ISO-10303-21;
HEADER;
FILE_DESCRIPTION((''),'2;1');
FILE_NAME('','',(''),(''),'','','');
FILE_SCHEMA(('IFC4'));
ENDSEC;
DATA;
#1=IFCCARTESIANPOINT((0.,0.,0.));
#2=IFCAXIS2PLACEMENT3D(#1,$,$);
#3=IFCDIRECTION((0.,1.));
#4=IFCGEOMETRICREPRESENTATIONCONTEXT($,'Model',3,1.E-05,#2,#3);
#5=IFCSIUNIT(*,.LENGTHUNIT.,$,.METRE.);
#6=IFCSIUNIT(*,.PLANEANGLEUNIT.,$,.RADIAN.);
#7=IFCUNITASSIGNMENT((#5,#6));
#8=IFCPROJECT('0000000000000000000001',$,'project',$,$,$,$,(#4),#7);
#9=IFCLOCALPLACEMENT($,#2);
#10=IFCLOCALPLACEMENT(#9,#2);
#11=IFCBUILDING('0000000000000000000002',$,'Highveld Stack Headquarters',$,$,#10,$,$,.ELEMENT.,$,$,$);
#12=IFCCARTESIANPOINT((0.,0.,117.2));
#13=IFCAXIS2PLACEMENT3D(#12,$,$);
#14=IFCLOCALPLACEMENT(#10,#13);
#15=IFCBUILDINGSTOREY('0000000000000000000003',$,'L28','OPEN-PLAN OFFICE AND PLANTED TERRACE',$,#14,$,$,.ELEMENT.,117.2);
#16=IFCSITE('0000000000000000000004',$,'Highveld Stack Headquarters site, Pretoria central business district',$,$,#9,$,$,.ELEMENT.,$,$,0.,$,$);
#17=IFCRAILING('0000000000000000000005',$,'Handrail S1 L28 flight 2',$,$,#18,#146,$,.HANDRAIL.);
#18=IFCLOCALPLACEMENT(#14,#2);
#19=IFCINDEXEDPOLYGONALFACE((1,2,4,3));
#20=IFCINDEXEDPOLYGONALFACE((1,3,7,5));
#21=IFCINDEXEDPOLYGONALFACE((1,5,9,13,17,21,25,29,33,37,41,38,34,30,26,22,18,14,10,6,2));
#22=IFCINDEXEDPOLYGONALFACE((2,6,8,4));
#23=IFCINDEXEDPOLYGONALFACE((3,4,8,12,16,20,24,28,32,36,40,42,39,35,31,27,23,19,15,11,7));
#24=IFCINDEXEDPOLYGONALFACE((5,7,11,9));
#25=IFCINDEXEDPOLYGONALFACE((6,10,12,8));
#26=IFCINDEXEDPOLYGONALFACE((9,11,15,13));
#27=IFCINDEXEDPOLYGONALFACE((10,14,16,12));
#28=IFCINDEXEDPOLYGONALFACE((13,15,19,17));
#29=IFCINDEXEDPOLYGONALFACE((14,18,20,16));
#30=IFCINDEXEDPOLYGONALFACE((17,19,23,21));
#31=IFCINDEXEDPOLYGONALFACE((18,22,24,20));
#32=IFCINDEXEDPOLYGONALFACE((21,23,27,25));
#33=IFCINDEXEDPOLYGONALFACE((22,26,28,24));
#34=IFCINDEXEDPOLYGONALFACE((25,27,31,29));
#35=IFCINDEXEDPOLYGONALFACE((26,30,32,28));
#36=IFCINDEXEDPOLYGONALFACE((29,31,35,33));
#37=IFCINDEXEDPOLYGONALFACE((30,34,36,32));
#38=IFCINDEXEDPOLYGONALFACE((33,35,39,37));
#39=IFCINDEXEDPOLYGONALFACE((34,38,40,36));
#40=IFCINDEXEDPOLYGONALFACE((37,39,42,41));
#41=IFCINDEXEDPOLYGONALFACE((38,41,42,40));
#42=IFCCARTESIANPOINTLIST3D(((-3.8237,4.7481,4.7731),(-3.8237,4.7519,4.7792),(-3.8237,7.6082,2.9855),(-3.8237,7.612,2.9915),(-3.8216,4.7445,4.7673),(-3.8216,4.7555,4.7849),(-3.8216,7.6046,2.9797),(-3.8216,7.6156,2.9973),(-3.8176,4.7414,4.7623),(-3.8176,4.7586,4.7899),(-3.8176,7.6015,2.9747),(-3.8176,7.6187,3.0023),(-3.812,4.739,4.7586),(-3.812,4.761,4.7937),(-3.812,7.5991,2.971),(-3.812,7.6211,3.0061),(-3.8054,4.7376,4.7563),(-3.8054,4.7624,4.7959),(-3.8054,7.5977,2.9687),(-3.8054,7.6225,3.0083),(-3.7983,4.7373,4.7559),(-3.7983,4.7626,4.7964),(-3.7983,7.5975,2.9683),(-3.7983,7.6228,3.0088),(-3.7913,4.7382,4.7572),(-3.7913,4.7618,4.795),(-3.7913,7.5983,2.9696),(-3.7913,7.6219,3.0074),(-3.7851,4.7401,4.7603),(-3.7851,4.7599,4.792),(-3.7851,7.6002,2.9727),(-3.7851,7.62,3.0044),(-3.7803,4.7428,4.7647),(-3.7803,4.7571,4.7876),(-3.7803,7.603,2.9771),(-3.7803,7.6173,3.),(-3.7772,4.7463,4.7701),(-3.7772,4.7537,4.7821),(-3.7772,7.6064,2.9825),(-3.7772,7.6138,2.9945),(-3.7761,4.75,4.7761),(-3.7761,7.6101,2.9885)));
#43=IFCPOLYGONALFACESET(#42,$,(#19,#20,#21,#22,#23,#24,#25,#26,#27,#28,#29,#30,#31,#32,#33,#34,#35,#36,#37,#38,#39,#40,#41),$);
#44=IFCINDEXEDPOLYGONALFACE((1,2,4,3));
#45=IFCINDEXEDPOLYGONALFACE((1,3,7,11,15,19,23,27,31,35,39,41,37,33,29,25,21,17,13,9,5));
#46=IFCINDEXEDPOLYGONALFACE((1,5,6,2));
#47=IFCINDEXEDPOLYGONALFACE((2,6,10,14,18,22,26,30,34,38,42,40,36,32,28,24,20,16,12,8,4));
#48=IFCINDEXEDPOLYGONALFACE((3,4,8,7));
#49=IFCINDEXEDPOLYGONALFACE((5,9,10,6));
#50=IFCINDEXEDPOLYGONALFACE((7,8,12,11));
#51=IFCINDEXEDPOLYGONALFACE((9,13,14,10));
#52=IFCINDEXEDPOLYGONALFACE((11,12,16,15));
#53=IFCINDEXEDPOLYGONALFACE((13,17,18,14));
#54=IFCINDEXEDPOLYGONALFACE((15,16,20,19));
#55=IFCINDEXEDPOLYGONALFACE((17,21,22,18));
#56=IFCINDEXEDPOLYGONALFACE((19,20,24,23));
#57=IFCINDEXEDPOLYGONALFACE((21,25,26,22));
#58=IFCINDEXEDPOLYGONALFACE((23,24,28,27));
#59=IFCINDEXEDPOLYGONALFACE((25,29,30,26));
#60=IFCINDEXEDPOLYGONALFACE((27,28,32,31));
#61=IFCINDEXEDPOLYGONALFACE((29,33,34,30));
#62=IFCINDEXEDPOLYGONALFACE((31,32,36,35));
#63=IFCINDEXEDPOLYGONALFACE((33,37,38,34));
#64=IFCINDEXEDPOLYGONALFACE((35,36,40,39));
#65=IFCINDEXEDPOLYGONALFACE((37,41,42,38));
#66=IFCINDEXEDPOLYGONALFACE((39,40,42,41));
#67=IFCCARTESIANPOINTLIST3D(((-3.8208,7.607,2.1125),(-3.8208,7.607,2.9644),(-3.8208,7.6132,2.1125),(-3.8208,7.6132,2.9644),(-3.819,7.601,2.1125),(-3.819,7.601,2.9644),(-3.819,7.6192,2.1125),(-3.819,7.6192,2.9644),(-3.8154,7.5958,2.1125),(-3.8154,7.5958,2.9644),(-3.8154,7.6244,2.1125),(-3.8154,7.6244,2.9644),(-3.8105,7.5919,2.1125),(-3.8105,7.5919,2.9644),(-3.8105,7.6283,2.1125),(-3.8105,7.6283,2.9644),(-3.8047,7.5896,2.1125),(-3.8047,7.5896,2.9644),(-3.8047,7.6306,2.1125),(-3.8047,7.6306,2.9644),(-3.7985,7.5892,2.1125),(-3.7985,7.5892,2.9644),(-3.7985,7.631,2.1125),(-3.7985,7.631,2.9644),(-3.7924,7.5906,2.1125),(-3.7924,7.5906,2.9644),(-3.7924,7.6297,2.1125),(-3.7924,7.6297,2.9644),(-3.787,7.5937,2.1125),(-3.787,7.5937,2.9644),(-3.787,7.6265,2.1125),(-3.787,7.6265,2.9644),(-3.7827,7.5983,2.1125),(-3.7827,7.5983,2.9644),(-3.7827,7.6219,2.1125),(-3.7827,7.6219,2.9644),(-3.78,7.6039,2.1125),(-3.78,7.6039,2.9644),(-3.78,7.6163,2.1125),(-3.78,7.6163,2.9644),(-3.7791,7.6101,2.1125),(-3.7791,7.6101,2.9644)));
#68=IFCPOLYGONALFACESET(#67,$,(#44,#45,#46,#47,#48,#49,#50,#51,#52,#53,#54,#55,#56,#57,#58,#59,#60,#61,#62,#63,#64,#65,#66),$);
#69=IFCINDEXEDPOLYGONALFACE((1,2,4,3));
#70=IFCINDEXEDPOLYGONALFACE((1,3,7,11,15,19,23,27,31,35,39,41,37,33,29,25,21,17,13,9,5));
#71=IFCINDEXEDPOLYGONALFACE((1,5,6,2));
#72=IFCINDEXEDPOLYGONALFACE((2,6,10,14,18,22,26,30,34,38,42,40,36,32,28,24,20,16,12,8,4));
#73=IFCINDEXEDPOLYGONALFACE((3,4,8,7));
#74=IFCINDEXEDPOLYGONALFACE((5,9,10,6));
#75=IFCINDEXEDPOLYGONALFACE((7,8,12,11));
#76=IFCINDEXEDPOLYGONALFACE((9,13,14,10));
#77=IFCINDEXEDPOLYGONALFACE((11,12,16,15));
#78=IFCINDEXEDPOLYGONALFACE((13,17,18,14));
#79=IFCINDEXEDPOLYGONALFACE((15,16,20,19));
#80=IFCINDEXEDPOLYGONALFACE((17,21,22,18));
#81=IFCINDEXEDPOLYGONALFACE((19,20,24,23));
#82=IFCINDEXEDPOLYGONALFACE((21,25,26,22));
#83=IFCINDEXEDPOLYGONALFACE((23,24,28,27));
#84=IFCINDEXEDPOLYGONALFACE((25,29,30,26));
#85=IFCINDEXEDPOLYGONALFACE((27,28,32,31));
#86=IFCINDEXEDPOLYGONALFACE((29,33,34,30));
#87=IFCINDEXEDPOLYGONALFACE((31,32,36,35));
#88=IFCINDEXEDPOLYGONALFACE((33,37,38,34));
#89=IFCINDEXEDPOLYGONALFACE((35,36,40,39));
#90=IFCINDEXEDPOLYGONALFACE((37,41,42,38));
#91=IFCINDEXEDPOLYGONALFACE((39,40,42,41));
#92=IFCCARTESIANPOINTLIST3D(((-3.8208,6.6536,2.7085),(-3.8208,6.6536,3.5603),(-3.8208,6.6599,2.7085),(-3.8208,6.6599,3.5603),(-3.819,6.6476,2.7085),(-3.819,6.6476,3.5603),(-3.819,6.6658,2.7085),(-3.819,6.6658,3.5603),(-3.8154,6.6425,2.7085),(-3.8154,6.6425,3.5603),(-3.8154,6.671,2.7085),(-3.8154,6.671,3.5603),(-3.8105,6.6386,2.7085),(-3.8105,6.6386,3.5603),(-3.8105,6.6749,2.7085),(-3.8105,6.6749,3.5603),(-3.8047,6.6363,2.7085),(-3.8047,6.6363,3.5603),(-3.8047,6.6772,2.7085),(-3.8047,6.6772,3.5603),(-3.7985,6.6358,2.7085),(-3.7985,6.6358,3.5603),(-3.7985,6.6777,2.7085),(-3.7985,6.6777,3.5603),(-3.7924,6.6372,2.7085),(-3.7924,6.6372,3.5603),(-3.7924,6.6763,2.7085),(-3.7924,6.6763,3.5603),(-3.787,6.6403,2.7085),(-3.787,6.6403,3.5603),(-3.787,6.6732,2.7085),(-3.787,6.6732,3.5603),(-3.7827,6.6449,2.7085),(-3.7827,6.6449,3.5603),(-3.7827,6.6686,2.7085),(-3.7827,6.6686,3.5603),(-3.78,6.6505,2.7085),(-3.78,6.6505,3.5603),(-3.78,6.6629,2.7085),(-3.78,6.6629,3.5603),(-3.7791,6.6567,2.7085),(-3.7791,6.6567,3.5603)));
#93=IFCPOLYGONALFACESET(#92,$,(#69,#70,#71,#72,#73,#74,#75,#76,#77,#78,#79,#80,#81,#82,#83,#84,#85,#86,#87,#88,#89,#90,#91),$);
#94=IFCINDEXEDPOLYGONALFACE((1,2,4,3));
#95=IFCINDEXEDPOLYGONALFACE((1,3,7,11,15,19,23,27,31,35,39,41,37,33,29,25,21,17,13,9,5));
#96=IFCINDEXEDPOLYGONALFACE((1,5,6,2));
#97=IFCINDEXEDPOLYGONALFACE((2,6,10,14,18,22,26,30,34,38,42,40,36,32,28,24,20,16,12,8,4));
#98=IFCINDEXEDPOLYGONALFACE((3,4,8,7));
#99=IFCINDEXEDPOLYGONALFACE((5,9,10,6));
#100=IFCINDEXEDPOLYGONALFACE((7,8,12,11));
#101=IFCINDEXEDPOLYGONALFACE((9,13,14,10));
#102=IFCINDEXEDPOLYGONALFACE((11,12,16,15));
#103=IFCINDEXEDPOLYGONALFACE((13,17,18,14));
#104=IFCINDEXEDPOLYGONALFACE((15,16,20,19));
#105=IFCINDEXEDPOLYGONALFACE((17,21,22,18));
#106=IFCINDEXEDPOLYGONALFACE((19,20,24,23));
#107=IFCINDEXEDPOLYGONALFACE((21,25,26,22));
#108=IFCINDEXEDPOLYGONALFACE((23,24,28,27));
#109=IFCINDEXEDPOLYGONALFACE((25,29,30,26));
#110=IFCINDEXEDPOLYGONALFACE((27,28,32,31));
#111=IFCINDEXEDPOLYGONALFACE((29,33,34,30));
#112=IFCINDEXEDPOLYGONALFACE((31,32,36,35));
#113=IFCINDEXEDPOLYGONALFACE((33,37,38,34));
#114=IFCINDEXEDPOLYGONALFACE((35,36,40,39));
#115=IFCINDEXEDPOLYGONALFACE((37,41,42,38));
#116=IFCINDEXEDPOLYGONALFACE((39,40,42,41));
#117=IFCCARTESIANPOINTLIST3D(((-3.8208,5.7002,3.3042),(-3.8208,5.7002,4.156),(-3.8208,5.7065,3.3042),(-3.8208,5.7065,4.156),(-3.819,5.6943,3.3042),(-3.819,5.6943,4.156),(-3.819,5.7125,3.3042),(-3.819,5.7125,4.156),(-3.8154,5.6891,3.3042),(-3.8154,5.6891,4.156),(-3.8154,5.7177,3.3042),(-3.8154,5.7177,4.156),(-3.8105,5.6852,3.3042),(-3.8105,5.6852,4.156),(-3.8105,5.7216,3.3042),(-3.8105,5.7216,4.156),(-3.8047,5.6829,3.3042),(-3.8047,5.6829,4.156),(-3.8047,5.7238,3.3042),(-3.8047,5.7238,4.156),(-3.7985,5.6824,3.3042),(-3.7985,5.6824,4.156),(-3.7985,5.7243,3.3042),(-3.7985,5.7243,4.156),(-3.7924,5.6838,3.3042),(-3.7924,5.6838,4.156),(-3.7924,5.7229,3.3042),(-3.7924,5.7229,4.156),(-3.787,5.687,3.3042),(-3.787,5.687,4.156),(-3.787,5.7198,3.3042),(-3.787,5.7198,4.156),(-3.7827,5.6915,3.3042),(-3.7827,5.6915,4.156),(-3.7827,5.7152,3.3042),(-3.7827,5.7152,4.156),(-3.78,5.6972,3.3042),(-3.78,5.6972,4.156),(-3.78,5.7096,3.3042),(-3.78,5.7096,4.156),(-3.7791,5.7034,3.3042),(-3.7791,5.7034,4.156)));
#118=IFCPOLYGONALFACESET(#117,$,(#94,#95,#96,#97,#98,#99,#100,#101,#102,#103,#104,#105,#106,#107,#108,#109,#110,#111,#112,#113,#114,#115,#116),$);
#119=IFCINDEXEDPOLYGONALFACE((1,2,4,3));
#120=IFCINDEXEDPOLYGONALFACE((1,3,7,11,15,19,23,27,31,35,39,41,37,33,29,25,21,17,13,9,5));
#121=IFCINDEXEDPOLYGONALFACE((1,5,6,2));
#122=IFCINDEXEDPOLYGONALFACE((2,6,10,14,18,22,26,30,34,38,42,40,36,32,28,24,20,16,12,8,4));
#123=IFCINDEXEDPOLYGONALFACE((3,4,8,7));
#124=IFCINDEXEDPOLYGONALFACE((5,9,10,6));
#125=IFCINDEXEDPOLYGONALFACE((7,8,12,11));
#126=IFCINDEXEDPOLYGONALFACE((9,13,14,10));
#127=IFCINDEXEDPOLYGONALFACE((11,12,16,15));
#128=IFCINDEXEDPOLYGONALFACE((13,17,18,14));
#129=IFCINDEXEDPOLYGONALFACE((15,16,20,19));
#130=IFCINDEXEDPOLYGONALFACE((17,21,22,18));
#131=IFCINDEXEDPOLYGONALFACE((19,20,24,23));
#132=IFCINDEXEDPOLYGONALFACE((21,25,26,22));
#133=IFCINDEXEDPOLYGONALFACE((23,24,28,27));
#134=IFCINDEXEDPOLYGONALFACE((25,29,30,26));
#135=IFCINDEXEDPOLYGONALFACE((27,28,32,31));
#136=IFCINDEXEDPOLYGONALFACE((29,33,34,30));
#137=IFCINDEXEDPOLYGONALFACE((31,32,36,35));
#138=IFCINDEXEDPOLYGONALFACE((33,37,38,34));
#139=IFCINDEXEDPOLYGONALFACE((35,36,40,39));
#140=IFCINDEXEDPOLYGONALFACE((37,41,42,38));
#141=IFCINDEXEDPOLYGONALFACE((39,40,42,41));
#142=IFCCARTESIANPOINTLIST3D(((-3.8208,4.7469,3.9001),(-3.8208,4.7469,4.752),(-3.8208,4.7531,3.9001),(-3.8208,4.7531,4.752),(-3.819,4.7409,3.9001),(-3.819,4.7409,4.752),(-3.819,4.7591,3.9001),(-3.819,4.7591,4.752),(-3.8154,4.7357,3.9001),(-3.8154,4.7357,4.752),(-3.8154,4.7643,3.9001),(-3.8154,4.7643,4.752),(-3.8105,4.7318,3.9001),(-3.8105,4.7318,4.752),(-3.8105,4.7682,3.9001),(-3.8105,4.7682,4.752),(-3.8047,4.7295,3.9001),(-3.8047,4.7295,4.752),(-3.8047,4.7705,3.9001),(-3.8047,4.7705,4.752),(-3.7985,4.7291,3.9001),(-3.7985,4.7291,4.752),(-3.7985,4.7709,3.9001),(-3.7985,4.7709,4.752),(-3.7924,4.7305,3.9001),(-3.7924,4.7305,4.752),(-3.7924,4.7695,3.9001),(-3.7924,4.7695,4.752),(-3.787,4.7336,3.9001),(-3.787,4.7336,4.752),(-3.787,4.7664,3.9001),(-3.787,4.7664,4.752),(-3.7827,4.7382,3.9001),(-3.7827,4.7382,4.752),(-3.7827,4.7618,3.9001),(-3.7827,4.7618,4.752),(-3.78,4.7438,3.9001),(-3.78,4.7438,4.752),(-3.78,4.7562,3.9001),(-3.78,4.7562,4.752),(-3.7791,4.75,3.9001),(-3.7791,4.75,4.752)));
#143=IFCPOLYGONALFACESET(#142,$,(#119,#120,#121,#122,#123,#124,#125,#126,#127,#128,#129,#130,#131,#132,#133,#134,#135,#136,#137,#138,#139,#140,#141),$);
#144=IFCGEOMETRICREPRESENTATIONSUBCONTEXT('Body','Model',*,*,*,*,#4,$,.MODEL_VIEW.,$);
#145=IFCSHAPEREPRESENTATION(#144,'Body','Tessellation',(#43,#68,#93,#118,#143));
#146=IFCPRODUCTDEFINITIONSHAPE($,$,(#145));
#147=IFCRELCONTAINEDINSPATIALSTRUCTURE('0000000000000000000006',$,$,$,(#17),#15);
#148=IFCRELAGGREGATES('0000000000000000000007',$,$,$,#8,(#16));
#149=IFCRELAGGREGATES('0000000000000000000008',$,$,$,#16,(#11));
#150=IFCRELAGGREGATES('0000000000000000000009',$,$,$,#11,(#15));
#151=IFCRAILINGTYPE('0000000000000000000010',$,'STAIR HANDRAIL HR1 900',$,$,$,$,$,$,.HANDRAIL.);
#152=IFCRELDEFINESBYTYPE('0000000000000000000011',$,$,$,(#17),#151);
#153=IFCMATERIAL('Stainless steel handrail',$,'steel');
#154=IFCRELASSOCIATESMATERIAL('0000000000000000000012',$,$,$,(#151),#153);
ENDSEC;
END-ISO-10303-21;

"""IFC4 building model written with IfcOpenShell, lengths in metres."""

from ifc_helpers import new_model, si_unit, direction, frame, origin, origin_2d, place, context, subcontext, project, spatial, circle, extrude, material, type_object, element, save


model = new_model("IFC4")

# Units and contexts
model_context = context("Model", 3, precision=1e-05, world=origin(), true_north=direction((0.0, 1.0)))
body_context = subcontext(model_context, "Body", "Model", "MODEL_VIEW")
ifc_project = project(units=[si_unit("LENGTHUNIT", "METRE"), si_unit("PLANEANGLEUNIT", "RADIAN")], contexts=[model_context])

# Site, building, storey
site_placement = place(None, origin())
site = spatial("IfcSite", under=ifc_project, at=site_placement, Name="Highveld Stack Headquarters site, Pretoria central business district", CompositionType="ELEMENT", RefElevation=0.0)
building_placement = place(site_placement, origin())
building = spatial("IfcBuilding", under=site, at=building_placement, Name="Highveld Stack Headquarters", CompositionType="ELEMENT")
storey_placement = place(building_placement, frame((0.0, 0.0, 117.2)))
storey = spatial("IfcBuildingStorey", under=building, at=storey_placement, Name="L28", Description="OPEN-PLAN OFFICE AND PLANTED TERRACE", CompositionType="ELEMENT", Elevation=117.2)

# Railing
ifc_material_1 = material(Name="Stainless steel handrail", Category="steel")
railing_type = type_object("IfcRailingType", Name="STAIR HANDRAIL HR1 900", PredefinedType="HANDRAIL", material=ifc_material_1)
for number, where, name in (
    (1, (-3.8, 7.6101, 2.1125), "Handrail S1 L28 flight 2"),
):
    element("IfcRailing", number, at=place(storey_placement, frame(where)), inside=storey, type_object=railing_type, Name=name, PredefinedType="HANDRAIL", context=body_context, shape_type="SweptSolid", body=[
        extrude(circle(Radius=0.0239, at=origin_2d()), frame((0.0, 0.0, 0.876), z_axis=(0.0, -0.847994, 0.530005), x_axis=(1.0, 0.0, 0.0)), (0.0, 0.0, 1.0), 3.3728),
        extrude(circle(Radius=0.021, at=origin_2d()), origin(), (0.0, 0.0, 1.0), 0.8518),
        extrude(circle(Radius=0.021, at=origin_2d()), frame((0.0, -0.9534, 0.5959)), (0.0, 0.0, 1.0), 0.8518),
        extrude(circle(Radius=0.021, at=origin_2d()), frame((0.0, -1.9067, 1.1917)), (0.0, 0.0, 1.0), 0.8518),
        extrude(circle(Radius=0.021, at=origin_2d()), frame((0.0, -2.8601, 1.7876)), (0.0, 0.0, 1.0), 0.8518),
    ])

save(model, "model.ifc")
